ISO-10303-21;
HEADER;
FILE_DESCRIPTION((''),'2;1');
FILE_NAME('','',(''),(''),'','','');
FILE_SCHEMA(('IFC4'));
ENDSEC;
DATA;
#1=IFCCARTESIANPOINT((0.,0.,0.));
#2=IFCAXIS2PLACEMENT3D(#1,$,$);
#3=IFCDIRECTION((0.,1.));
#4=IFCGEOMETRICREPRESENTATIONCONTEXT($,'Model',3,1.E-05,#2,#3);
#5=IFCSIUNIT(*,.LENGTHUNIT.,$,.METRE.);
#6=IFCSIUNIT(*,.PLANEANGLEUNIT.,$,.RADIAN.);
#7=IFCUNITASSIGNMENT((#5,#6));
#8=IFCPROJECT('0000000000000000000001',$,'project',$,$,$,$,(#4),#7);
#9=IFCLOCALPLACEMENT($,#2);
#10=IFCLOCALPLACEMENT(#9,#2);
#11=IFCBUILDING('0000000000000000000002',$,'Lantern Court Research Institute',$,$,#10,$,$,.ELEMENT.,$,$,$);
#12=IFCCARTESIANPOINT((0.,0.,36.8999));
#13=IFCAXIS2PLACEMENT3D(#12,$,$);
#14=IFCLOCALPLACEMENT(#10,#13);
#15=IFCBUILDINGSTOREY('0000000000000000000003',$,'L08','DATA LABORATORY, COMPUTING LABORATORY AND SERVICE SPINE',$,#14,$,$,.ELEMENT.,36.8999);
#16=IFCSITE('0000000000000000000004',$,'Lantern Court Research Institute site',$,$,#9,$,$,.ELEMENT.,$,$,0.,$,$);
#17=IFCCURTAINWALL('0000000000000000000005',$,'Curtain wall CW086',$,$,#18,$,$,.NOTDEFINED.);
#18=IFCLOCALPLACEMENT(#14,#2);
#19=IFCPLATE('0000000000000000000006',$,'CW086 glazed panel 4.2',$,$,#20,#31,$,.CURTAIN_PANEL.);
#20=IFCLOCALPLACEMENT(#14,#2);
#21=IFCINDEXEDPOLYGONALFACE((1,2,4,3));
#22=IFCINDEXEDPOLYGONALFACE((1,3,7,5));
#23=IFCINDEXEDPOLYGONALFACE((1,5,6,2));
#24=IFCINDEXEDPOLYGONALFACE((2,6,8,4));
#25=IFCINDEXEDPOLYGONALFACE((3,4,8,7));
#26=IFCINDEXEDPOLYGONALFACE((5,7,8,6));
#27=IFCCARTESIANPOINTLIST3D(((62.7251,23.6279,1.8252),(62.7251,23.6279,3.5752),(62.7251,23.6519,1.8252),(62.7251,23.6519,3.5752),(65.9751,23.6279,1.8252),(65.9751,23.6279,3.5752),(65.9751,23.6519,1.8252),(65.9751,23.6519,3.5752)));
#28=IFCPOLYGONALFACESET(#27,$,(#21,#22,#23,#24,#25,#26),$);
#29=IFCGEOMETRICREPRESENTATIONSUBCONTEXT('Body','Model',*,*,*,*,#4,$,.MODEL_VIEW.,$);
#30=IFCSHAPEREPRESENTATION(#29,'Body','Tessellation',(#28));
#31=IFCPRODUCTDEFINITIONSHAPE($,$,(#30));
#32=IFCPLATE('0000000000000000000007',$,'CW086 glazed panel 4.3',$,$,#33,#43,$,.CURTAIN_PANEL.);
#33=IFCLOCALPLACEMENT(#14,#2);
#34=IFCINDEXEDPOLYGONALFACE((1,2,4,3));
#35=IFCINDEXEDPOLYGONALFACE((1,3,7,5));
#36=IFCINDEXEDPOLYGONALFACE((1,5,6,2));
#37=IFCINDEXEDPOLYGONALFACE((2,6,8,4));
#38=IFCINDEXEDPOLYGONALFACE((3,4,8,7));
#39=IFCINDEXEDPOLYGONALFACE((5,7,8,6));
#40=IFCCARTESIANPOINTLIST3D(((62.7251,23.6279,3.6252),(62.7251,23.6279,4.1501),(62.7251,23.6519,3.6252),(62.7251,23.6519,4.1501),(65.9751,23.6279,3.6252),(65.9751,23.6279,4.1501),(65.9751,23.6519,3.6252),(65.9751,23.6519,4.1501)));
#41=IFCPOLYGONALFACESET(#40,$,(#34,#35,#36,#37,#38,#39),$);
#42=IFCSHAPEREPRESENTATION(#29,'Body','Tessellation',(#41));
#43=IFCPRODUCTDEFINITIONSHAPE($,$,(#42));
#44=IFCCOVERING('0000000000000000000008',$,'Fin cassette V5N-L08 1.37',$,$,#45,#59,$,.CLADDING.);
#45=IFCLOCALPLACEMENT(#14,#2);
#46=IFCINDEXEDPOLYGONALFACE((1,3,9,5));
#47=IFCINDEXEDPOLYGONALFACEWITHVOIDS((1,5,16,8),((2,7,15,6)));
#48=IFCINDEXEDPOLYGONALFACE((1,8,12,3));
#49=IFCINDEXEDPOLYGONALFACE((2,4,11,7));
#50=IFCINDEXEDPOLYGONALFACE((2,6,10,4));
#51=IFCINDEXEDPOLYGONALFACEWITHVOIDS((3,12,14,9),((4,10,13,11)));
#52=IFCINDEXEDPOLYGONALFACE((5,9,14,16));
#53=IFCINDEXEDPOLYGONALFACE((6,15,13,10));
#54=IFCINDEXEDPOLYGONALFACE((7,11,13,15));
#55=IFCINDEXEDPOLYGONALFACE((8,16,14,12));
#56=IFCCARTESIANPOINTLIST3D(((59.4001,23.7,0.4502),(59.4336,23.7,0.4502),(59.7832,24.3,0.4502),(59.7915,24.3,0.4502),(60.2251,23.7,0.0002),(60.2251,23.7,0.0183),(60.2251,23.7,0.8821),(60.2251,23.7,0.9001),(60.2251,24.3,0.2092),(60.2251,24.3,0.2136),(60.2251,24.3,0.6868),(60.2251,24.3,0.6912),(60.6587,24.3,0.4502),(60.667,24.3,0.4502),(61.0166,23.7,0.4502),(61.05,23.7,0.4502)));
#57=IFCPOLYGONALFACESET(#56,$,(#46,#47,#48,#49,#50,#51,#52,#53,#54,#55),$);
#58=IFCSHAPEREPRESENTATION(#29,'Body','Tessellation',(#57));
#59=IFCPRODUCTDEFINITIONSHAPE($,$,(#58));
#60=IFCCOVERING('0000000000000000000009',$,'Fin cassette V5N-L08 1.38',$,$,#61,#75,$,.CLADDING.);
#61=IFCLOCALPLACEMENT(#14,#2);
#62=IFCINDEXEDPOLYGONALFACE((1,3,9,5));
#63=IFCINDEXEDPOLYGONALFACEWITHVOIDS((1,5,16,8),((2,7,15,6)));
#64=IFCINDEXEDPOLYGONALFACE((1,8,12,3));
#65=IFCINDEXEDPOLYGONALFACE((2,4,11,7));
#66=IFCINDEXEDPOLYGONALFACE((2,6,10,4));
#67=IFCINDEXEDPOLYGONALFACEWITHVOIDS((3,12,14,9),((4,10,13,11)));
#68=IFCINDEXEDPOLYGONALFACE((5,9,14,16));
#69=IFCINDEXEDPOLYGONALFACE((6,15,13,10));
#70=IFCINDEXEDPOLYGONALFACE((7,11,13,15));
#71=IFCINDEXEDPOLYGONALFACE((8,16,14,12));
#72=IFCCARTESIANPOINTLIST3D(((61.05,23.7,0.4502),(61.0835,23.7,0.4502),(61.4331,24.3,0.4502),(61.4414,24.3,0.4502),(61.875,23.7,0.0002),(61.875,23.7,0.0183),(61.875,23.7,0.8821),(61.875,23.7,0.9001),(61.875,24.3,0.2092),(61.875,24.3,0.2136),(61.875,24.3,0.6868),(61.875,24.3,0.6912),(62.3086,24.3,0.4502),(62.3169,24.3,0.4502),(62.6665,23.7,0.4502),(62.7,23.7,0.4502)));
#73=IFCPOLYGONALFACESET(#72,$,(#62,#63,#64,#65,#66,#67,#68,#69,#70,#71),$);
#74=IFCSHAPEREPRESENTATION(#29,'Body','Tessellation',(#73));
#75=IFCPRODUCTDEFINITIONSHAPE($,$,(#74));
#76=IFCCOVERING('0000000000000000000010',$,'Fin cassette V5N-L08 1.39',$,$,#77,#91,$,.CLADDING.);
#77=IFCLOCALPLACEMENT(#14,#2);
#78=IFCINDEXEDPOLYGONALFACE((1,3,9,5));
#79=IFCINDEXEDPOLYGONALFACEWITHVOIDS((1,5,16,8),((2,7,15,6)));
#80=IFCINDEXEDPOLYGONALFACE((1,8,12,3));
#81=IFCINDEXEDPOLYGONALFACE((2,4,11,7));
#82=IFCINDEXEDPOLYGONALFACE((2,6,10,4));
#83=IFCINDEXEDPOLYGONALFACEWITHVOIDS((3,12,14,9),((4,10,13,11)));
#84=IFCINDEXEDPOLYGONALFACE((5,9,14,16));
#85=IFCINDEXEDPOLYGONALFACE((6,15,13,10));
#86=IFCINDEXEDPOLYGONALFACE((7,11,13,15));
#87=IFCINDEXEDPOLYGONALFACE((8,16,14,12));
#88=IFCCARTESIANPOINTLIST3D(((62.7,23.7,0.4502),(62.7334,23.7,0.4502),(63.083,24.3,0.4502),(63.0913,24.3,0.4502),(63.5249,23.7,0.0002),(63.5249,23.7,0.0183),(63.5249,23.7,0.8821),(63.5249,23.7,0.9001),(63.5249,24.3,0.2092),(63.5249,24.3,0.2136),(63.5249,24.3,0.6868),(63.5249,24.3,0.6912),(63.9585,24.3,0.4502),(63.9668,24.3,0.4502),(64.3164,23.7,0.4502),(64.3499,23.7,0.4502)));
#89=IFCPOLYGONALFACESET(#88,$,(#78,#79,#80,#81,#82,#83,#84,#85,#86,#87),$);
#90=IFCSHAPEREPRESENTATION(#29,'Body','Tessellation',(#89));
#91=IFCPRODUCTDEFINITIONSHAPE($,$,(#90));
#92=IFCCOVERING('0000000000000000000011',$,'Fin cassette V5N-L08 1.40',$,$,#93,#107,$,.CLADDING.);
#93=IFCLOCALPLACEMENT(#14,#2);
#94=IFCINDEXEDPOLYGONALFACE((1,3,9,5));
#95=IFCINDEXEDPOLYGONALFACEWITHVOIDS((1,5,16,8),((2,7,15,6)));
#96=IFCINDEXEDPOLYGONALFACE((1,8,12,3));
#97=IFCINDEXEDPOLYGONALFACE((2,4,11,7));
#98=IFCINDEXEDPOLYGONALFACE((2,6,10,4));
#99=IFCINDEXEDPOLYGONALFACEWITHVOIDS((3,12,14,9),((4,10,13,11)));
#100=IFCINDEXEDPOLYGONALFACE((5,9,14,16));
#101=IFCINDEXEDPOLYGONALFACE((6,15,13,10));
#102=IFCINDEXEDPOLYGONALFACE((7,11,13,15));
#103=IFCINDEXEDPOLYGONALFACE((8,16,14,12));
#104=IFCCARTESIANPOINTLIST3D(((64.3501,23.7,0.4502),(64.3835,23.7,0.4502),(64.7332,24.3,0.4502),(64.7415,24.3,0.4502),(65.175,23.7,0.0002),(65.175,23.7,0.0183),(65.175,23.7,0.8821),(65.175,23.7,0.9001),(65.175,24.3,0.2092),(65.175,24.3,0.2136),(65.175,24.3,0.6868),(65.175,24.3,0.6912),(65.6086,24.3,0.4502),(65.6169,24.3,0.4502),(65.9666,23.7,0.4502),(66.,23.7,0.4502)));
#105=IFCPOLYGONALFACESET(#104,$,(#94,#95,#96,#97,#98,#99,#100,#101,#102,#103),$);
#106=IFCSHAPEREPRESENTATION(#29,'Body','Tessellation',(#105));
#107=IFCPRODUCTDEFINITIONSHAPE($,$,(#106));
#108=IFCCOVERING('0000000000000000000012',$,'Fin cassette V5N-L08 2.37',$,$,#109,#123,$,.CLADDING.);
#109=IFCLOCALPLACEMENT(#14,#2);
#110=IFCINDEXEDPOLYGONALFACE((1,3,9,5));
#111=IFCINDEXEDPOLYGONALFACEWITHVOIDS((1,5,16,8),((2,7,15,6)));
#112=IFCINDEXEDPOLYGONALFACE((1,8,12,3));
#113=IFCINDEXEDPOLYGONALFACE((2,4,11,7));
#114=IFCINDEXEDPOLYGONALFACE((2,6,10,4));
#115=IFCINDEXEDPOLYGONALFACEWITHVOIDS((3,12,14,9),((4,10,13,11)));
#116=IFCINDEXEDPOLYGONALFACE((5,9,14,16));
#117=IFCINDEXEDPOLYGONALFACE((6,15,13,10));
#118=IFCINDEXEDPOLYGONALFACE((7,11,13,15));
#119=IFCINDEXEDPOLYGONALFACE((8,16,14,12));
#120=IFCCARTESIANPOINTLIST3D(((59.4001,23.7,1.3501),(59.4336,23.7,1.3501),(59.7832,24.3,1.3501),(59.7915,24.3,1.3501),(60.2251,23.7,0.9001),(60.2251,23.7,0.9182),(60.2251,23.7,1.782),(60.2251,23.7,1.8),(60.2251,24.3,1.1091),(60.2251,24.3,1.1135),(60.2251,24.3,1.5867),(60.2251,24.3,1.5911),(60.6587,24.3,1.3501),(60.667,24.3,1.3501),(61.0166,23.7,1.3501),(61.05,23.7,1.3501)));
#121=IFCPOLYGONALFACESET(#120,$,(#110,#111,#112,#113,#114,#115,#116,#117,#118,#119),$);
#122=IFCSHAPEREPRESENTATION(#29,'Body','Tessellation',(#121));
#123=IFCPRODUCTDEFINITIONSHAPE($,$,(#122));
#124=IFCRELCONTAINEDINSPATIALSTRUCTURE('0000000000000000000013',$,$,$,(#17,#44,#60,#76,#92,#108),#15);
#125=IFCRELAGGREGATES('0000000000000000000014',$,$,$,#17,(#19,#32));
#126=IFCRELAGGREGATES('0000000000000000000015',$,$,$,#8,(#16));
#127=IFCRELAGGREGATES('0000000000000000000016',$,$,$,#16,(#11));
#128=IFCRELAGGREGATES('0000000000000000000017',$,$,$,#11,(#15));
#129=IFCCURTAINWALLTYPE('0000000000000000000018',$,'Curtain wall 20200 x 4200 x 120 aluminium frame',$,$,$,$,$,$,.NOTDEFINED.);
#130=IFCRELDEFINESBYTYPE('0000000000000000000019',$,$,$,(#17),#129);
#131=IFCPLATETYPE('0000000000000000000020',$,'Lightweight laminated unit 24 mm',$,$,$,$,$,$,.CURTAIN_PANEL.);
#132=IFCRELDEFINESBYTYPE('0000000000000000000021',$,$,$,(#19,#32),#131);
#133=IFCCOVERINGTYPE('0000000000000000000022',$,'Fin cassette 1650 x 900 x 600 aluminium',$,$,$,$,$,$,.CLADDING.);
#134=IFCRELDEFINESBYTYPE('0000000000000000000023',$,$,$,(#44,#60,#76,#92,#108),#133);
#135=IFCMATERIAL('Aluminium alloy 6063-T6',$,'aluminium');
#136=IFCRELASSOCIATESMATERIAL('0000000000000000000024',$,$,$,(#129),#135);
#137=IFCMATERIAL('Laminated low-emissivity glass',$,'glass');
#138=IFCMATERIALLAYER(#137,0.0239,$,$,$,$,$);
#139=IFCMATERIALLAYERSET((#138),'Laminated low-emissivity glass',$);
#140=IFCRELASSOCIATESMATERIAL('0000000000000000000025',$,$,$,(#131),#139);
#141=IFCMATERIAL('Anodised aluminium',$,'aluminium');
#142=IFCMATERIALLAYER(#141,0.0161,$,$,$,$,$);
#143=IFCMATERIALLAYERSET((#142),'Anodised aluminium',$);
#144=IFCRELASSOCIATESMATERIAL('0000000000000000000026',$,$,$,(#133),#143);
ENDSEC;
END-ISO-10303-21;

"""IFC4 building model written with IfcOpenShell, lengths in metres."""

from ifc_helpers import new_model, entity, si_unit, direction, frame, origin, origin_2d, place, context, subcontext, project, spatial, rectangle, extrude, material, layer, layer_set, type_object, element, aggregate, save


model = new_model("IFC4")

# Units and contexts
model_context = context("Model", 3, precision=1e-05, world=origin(), true_north=direction((0.0, 1.0)))
body_context = subcontext(model_context, "Body", "Model", "MODEL_VIEW")
ifc_project = project(units=[si_unit("LENGTHUNIT", "METRE"), si_unit("PLANEANGLEUNIT", "RADIAN")], contexts=[model_context])

# Site, building, storey
site_placement = place(None, origin())
site = spatial("IfcSite", under=ifc_project, at=site_placement, Name="Lantern Court Research Institute site", CompositionType="ELEMENT", RefElevation=0.0)
building_placement = place(site_placement, origin())
building = spatial("IfcBuilding", under=site, at=building_placement, Name="Lantern Court Research Institute", CompositionType="ELEMENT")
storey_placement = place(building_placement, frame((0.0, 0.0, 36.8999)))
storey = spatial("IfcBuildingStorey", under=building, at=storey_placement, Name="L08", Description="DATA LABORATORY, COMPUTING LABORATORY AND SERVICE SPINE", CompositionType="ELEMENT", Elevation=36.8999)

# Curtain wall, plates
ifc_material_1 = material(Name="Aluminium alloy 6063-T6", Category="aluminium")
curtain_wall_type = type_object("IfcCurtainWallType", Name="Curtain wall 20200 x 4200 x 120 aluminium frame", PredefinedType="NOTDEFINED", material=ifc_material_1)
curtain_wall_placement = place(storey_placement, origin())
curtain_wall = element("IfcCurtainWall", 1, at=curtain_wall_placement, inside=storey, type_object=curtain_wall_type, Name="Curtain wall CW086", PredefinedType="NOTDEFINED")
ifc_material_2 = material(Name="Laminated low-emissivity glass", Category="glass")
ifc_layer_1 = layer(ifc_material_2, 0.0239)
ifc_layer_set_1 = layer_set([ifc_layer_1], Name="Laminated low-emissivity glass")
plate_type = type_object("IfcPlateType", Name="Lightweight laminated unit 24 mm", PredefinedType="CURTAIN_PANEL", material=ifc_layer_set_1)
plate_1_placement = place(storey_placement, frame((64.3501, 23.6399, 1.8252), z_axis=(0.0, 0.0, 1.0), x_axis=(1.0, 0.0, 0.0)))
plate_1 = element("IfcPlate", 2, at=plate_1_placement, type_object=plate_type, Name="CW086 glazed panel 4.2", PredefinedType="CURTAIN_PANEL", context=body_context, shape_type="SweptSolid", body=[
    extrude(rectangle(XDim=3.25, YDim=0.0239, at=origin_2d()), origin(), (0.0, 0.0, 1.0), 1.75),
])
plate_2_placement = place(storey_placement, frame((64.3501, 23.6399, 3.6252), z_axis=(0.0, 0.0, 1.0), x_axis=(1.0, 0.0, 0.0)))
plate_2 = element("IfcPlate", 3, at=plate_2_placement, type_object=plate_type, Name="CW086 glazed panel 4.3", PredefinedType="CURTAIN_PANEL", context=body_context, shape_type="SweptSolid", body=[
    extrude(rectangle(XDim=3.25, YDim=0.0239, at=origin_2d()), origin(), (0.0, 0.0, 1.0), 0.5249),
])
aggregate(curtain_wall, [plate_1, plate_2])

# Coverings
ifc_material_3 = material(Name="Anodised aluminium", Category="aluminium")
ifc_layer_2 = layer(ifc_material_3, 0.0161)
ifc_layer_set_2 = layer_set([ifc_layer_2], Name="Anodised aluminium")
covering_type = type_object("IfcCoveringType", Name="Fin cassette 1650 x 900 x 600 aluminium", PredefinedType="CLADDING", material=ifc_layer_set_2)
covering_1_placement = place(storey_placement, frame((60.2251, 23.7, 0.4502), z_axis=(0.0, 1.0, 0.0), x_axis=(-1.0, 0.0, 0.0)))
cartesian_point_1 = entity("IfcCartesianPoint", [0.825, 0.0])
cartesian_point_2 = entity("IfcCartesianPoint", [0.7915, 0.0])
cartesian_point_3 = entity("IfcCartesianPoint", [0.4419, 0.0])
cartesian_point_4 = entity("IfcCartesianPoint", [0.4336, 0.0])
element("IfcCovering", 4, at=covering_1_placement, inside=storey, type_object=covering_type, Name="Fin cassette V5N-L08 1.37", PredefinedType="CLADDING", context=body_context, shape_type="SweptSolid", body=[
    entity("IfcExtrudedAreaSolidTapered", entity("IfcArbitraryProfileDefWithVoids", "AREA", None, entity("IfcPolyline", [cartesian_point_1, entity("IfcCartesianPoint", [0.0, 0.45]), entity("IfcCartesianPoint", [-0.825, 0.0]), entity("IfcCartesianPoint", [0.0, -0.45]), cartesian_point_1]), [entity("IfcPolyline", [cartesian_point_2, entity("IfcCartesianPoint", [0.0, 0.4319]), entity("IfcCartesianPoint", [-0.7915, 0.0]), entity("IfcCartesianPoint", [0.0, -0.4319]), cartesian_point_2])]), entity("IfcAxis2Placement3D", entity("IfcCartesianPoint", [0.0, 0.0, 0.0])), entity("IfcDirection", [0.0, 0.0, 1.0]), 0.6001, entity("IfcArbitraryProfileDefWithVoids", "AREA", None, entity("IfcPolyline", [cartesian_point_3, entity("IfcCartesianPoint", [0.0, 0.241]), entity("IfcCartesianPoint", [-0.4419, 0.0]), entity("IfcCartesianPoint", [0.0, -0.241]), cartesian_point_3]), [entity("IfcPolyline", [cartesian_point_4, entity("IfcCartesianPoint", [0.0, 0.2366]), entity("IfcCartesianPoint", [-0.4336, 0.0]), entity("IfcCartesianPoint", [0.0, -0.2366]), cartesian_point_4])])),
])
covering_2_placement = place(storey_placement, frame((61.875, 23.7, 0.4502), z_axis=(0.0, 1.0, 0.0), x_axis=(-1.0, 0.0, 0.0)))
cartesian_point_5 = entity("IfcCartesianPoint", [0.825, 0.0])
cartesian_point_6 = entity("IfcCartesianPoint", [0.7915, 0.0])
cartesian_point_7 = entity("IfcCartesianPoint", [0.4419, 0.0])
cartesian_point_8 = entity("IfcCartesianPoint", [0.4336, 0.0])
element("IfcCovering", 5, at=covering_2_placement, inside=storey, type_object=covering_type, Name="Fin cassette V5N-L08 1.38", PredefinedType="CLADDING", context=body_context, shape_type="SweptSolid", body=[
    entity("IfcExtrudedAreaSolidTapered", entity("IfcArbitraryProfileDefWithVoids", "AREA", None, entity("IfcPolyline", [cartesian_point_5, entity("IfcCartesianPoint", [0.0, 0.45]), entity("IfcCartesianPoint", [-0.825, 0.0]), entity("IfcCartesianPoint", [0.0, -0.45]), cartesian_point_5]), [entity("IfcPolyline", [cartesian_point_6, entity("IfcCartesianPoint", [0.0, 0.4319]), entity("IfcCartesianPoint", [-0.7915, 0.0]), entity("IfcCartesianPoint", [0.0, -0.4319]), cartesian_point_6])]), entity("IfcAxis2Placement3D", entity("IfcCartesianPoint", [0.0, 0.0, 0.0])), entity("IfcDirection", [0.0, 0.0, 1.0]), 0.6001, entity("IfcArbitraryProfileDefWithVoids", "AREA", None, entity("IfcPolyline", [cartesian_point_7, entity("IfcCartesianPoint", [0.0, 0.241]), entity("IfcCartesianPoint", [-0.4419, 0.0]), entity("IfcCartesianPoint", [0.0, -0.241]), cartesian_point_7]), [entity("IfcPolyline", [cartesian_point_8, entity("IfcCartesianPoint", [0.0, 0.2366]), entity("IfcCartesianPoint", [-0.4336, 0.0]), entity("IfcCartesianPoint", [0.0, -0.2366]), cartesian_point_8])])),
])
covering_3_placement = place(storey_placement, frame((63.5249, 23.7, 0.4502), z_axis=(0.0, 1.0, 0.0), x_axis=(-1.0, 0.0, 0.0)))
cartesian_point_9 = entity("IfcCartesianPoint", [0.825, 0.0])
cartesian_point_10 = entity("IfcCartesianPoint", [0.7915, 0.0])
cartesian_point_11 = entity("IfcCartesianPoint", [0.4419, 0.0])
cartesian_point_12 = entity("IfcCartesianPoint", [0.4336, 0.0])
element("IfcCovering", 6, at=covering_3_placement, inside=storey, type_object=covering_type, Name="Fin cassette V5N-L08 1.39", PredefinedType="CLADDING", context=body_context, shape_type="SweptSolid", body=[
    entity("IfcExtrudedAreaSolidTapered", entity("IfcArbitraryProfileDefWithVoids", "AREA", None, entity("IfcPolyline", [cartesian_point_9, entity("IfcCartesianPoint", [0.0, 0.45]), entity("IfcCartesianPoint", [-0.825, 0.0]), entity("IfcCartesianPoint", [0.0, -0.45]), cartesian_point_9]), [entity("IfcPolyline", [cartesian_point_10, entity("IfcCartesianPoint", [0.0, 0.4319]), entity("IfcCartesianPoint", [-0.7915, 0.0]), entity("IfcCartesianPoint", [0.0, -0.4319]), cartesian_point_10])]), entity("IfcAxis2Placement3D", entity("IfcCartesianPoint", [0.0, 0.0, 0.0])), entity("IfcDirection", [0.0, 0.0, 1.0]), 0.6001, entity("IfcArbitraryProfileDefWithVoids", "AREA", None, entity("IfcPolyline", [cartesian_point_11, entity("IfcCartesianPoint", [0.0, 0.241]), entity("IfcCartesianPoint", [-0.4419, 0.0]), entity("IfcCartesianPoint", [0.0, -0.241]), cartesian_point_11]), [entity("IfcPolyline", [cartesian_point_12, entity("IfcCartesianPoint", [0.0, 0.2366]), entity("IfcCartesianPoint", [-0.4336, 0.0]), entity("IfcCartesianPoint", [0.0, -0.2366]), cartesian_point_12])])),
])
covering_4_placement = place(storey_placement, frame((65.175, 23.7, 0.4502), z_axis=(0.0, 1.0, 0.0), x_axis=(-1.0, 0.0, 0.0)))
cartesian_point_13 = entity("IfcCartesianPoint", [0.825, 0.0])
cartesian_point_14 = entity("IfcCartesianPoint", [0.7915, 0.0])
cartesian_point_15 = entity("IfcCartesianPoint", [0.4419, 0.0])
cartesian_point_16 = entity("IfcCartesianPoint", [0.4336, 0.0])
element("IfcCovering", 7, at=covering_4_placement, inside=storey, type_object=covering_type, Name="Fin cassette V5N-L08 1.40", PredefinedType="CLADDING", context=body_context, shape_type="SweptSolid", body=[
    entity("IfcExtrudedAreaSolidTapered", entity("IfcArbitraryProfileDefWithVoids", "AREA", None, entity("IfcPolyline", [cartesian_point_13, entity("IfcCartesianPoint", [0.0, 0.45]), entity("IfcCartesianPoint", [-0.825, 0.0]), entity("IfcCartesianPoint", [0.0, -0.45]), cartesian_point_13]), [entity("IfcPolyline", [cartesian_point_14, entity("IfcCartesianPoint", [0.0, 0.4319]), entity("IfcCartesianPoint", [-0.7915, 0.0]), entity("IfcCartesianPoint", [0.0, -0.4319]), cartesian_point_14])]), entity("IfcAxis2Placement3D", entity("IfcCartesianPoint", [0.0, 0.0, 0.0])), entity("IfcDirection", [0.0, 0.0, 1.0]), 0.6001, entity("IfcArbitraryProfileDefWithVoids", "AREA", None, entity("IfcPolyline", [cartesian_point_15, entity("IfcCartesianPoint", [0.0, 0.241]), entity("IfcCartesianPoint", [-0.4419, 0.0]), entity("IfcCartesianPoint", [0.0, -0.241]), cartesian_point_15]), [entity("IfcPolyline", [cartesian_point_16, entity("IfcCartesianPoint", [0.0, 0.2366]), entity("IfcCartesianPoint", [-0.4336, 0.0]), entity("IfcCartesianPoint", [0.0, -0.2366]), cartesian_point_16])])),
])
covering_5_placement = place(storey_placement, frame((60.2251, 23.7, 1.3501), z_axis=(0.0, 1.0, 0.0), x_axis=(-1.0, 0.0, 0.0)))
cartesian_point_17 = entity("IfcCartesianPoint", [0.825, 0.0])
cartesian_point_18 = entity("IfcCartesianPoint", [0.7915, 0.0])
cartesian_point_19 = entity("IfcCartesianPoint", [0.4419, 0.0])
cartesian_point_20 = entity("IfcCartesianPoint", [0.4336, 0.0])
element("IfcCovering", 8, at=covering_5_placement, inside=storey, type_object=covering_type, Name="Fin cassette V5N-L08 2.37", PredefinedType="CLADDING", context=body_context, shape_type="SweptSolid", body=[
    entity("IfcExtrudedAreaSolidTapered", entity("IfcArbitraryProfileDefWithVoids", "AREA", None, entity("IfcPolyline", [cartesian_point_17, entity("IfcCartesianPoint", [0.0, 0.45]), entity("IfcCartesianPoint", [-0.825, 0.0]), entity("IfcCartesianPoint", [0.0, -0.45]), cartesian_point_17]), [entity("IfcPolyline", [cartesian_point_18, entity("IfcCartesianPoint", [0.0, 0.4319]), entity("IfcCartesianPoint", [-0.7915, 0.0]), entity("IfcCartesianPoint", [0.0, -0.4319]), cartesian_point_18])]), entity("IfcAxis2Placement3D", entity("IfcCartesianPoint", [0.0, 0.0, 0.0])), entity("IfcDirection", [0.0, 0.0, 1.0]), 0.6001, entity("IfcArbitraryProfileDefWithVoids", "AREA", None, entity("IfcPolyline", [cartesian_point_19, entity("IfcCartesianPoint", [0.0, 0.241]), entity("IfcCartesianPoint", [-0.4419, 0.0]), entity("IfcCartesianPoint", [0.0, -0.241]), cartesian_point_19]), [entity("IfcPolyline", [cartesian_point_20, entity("IfcCartesianPoint", [0.0, 0.2366]), entity("IfcCartesianPoint", [-0.4336, 0.0]), entity("IfcCartesianPoint", [0.0, -0.2366]), cartesian_point_20])])),
])

save(model, "model.ifc")
